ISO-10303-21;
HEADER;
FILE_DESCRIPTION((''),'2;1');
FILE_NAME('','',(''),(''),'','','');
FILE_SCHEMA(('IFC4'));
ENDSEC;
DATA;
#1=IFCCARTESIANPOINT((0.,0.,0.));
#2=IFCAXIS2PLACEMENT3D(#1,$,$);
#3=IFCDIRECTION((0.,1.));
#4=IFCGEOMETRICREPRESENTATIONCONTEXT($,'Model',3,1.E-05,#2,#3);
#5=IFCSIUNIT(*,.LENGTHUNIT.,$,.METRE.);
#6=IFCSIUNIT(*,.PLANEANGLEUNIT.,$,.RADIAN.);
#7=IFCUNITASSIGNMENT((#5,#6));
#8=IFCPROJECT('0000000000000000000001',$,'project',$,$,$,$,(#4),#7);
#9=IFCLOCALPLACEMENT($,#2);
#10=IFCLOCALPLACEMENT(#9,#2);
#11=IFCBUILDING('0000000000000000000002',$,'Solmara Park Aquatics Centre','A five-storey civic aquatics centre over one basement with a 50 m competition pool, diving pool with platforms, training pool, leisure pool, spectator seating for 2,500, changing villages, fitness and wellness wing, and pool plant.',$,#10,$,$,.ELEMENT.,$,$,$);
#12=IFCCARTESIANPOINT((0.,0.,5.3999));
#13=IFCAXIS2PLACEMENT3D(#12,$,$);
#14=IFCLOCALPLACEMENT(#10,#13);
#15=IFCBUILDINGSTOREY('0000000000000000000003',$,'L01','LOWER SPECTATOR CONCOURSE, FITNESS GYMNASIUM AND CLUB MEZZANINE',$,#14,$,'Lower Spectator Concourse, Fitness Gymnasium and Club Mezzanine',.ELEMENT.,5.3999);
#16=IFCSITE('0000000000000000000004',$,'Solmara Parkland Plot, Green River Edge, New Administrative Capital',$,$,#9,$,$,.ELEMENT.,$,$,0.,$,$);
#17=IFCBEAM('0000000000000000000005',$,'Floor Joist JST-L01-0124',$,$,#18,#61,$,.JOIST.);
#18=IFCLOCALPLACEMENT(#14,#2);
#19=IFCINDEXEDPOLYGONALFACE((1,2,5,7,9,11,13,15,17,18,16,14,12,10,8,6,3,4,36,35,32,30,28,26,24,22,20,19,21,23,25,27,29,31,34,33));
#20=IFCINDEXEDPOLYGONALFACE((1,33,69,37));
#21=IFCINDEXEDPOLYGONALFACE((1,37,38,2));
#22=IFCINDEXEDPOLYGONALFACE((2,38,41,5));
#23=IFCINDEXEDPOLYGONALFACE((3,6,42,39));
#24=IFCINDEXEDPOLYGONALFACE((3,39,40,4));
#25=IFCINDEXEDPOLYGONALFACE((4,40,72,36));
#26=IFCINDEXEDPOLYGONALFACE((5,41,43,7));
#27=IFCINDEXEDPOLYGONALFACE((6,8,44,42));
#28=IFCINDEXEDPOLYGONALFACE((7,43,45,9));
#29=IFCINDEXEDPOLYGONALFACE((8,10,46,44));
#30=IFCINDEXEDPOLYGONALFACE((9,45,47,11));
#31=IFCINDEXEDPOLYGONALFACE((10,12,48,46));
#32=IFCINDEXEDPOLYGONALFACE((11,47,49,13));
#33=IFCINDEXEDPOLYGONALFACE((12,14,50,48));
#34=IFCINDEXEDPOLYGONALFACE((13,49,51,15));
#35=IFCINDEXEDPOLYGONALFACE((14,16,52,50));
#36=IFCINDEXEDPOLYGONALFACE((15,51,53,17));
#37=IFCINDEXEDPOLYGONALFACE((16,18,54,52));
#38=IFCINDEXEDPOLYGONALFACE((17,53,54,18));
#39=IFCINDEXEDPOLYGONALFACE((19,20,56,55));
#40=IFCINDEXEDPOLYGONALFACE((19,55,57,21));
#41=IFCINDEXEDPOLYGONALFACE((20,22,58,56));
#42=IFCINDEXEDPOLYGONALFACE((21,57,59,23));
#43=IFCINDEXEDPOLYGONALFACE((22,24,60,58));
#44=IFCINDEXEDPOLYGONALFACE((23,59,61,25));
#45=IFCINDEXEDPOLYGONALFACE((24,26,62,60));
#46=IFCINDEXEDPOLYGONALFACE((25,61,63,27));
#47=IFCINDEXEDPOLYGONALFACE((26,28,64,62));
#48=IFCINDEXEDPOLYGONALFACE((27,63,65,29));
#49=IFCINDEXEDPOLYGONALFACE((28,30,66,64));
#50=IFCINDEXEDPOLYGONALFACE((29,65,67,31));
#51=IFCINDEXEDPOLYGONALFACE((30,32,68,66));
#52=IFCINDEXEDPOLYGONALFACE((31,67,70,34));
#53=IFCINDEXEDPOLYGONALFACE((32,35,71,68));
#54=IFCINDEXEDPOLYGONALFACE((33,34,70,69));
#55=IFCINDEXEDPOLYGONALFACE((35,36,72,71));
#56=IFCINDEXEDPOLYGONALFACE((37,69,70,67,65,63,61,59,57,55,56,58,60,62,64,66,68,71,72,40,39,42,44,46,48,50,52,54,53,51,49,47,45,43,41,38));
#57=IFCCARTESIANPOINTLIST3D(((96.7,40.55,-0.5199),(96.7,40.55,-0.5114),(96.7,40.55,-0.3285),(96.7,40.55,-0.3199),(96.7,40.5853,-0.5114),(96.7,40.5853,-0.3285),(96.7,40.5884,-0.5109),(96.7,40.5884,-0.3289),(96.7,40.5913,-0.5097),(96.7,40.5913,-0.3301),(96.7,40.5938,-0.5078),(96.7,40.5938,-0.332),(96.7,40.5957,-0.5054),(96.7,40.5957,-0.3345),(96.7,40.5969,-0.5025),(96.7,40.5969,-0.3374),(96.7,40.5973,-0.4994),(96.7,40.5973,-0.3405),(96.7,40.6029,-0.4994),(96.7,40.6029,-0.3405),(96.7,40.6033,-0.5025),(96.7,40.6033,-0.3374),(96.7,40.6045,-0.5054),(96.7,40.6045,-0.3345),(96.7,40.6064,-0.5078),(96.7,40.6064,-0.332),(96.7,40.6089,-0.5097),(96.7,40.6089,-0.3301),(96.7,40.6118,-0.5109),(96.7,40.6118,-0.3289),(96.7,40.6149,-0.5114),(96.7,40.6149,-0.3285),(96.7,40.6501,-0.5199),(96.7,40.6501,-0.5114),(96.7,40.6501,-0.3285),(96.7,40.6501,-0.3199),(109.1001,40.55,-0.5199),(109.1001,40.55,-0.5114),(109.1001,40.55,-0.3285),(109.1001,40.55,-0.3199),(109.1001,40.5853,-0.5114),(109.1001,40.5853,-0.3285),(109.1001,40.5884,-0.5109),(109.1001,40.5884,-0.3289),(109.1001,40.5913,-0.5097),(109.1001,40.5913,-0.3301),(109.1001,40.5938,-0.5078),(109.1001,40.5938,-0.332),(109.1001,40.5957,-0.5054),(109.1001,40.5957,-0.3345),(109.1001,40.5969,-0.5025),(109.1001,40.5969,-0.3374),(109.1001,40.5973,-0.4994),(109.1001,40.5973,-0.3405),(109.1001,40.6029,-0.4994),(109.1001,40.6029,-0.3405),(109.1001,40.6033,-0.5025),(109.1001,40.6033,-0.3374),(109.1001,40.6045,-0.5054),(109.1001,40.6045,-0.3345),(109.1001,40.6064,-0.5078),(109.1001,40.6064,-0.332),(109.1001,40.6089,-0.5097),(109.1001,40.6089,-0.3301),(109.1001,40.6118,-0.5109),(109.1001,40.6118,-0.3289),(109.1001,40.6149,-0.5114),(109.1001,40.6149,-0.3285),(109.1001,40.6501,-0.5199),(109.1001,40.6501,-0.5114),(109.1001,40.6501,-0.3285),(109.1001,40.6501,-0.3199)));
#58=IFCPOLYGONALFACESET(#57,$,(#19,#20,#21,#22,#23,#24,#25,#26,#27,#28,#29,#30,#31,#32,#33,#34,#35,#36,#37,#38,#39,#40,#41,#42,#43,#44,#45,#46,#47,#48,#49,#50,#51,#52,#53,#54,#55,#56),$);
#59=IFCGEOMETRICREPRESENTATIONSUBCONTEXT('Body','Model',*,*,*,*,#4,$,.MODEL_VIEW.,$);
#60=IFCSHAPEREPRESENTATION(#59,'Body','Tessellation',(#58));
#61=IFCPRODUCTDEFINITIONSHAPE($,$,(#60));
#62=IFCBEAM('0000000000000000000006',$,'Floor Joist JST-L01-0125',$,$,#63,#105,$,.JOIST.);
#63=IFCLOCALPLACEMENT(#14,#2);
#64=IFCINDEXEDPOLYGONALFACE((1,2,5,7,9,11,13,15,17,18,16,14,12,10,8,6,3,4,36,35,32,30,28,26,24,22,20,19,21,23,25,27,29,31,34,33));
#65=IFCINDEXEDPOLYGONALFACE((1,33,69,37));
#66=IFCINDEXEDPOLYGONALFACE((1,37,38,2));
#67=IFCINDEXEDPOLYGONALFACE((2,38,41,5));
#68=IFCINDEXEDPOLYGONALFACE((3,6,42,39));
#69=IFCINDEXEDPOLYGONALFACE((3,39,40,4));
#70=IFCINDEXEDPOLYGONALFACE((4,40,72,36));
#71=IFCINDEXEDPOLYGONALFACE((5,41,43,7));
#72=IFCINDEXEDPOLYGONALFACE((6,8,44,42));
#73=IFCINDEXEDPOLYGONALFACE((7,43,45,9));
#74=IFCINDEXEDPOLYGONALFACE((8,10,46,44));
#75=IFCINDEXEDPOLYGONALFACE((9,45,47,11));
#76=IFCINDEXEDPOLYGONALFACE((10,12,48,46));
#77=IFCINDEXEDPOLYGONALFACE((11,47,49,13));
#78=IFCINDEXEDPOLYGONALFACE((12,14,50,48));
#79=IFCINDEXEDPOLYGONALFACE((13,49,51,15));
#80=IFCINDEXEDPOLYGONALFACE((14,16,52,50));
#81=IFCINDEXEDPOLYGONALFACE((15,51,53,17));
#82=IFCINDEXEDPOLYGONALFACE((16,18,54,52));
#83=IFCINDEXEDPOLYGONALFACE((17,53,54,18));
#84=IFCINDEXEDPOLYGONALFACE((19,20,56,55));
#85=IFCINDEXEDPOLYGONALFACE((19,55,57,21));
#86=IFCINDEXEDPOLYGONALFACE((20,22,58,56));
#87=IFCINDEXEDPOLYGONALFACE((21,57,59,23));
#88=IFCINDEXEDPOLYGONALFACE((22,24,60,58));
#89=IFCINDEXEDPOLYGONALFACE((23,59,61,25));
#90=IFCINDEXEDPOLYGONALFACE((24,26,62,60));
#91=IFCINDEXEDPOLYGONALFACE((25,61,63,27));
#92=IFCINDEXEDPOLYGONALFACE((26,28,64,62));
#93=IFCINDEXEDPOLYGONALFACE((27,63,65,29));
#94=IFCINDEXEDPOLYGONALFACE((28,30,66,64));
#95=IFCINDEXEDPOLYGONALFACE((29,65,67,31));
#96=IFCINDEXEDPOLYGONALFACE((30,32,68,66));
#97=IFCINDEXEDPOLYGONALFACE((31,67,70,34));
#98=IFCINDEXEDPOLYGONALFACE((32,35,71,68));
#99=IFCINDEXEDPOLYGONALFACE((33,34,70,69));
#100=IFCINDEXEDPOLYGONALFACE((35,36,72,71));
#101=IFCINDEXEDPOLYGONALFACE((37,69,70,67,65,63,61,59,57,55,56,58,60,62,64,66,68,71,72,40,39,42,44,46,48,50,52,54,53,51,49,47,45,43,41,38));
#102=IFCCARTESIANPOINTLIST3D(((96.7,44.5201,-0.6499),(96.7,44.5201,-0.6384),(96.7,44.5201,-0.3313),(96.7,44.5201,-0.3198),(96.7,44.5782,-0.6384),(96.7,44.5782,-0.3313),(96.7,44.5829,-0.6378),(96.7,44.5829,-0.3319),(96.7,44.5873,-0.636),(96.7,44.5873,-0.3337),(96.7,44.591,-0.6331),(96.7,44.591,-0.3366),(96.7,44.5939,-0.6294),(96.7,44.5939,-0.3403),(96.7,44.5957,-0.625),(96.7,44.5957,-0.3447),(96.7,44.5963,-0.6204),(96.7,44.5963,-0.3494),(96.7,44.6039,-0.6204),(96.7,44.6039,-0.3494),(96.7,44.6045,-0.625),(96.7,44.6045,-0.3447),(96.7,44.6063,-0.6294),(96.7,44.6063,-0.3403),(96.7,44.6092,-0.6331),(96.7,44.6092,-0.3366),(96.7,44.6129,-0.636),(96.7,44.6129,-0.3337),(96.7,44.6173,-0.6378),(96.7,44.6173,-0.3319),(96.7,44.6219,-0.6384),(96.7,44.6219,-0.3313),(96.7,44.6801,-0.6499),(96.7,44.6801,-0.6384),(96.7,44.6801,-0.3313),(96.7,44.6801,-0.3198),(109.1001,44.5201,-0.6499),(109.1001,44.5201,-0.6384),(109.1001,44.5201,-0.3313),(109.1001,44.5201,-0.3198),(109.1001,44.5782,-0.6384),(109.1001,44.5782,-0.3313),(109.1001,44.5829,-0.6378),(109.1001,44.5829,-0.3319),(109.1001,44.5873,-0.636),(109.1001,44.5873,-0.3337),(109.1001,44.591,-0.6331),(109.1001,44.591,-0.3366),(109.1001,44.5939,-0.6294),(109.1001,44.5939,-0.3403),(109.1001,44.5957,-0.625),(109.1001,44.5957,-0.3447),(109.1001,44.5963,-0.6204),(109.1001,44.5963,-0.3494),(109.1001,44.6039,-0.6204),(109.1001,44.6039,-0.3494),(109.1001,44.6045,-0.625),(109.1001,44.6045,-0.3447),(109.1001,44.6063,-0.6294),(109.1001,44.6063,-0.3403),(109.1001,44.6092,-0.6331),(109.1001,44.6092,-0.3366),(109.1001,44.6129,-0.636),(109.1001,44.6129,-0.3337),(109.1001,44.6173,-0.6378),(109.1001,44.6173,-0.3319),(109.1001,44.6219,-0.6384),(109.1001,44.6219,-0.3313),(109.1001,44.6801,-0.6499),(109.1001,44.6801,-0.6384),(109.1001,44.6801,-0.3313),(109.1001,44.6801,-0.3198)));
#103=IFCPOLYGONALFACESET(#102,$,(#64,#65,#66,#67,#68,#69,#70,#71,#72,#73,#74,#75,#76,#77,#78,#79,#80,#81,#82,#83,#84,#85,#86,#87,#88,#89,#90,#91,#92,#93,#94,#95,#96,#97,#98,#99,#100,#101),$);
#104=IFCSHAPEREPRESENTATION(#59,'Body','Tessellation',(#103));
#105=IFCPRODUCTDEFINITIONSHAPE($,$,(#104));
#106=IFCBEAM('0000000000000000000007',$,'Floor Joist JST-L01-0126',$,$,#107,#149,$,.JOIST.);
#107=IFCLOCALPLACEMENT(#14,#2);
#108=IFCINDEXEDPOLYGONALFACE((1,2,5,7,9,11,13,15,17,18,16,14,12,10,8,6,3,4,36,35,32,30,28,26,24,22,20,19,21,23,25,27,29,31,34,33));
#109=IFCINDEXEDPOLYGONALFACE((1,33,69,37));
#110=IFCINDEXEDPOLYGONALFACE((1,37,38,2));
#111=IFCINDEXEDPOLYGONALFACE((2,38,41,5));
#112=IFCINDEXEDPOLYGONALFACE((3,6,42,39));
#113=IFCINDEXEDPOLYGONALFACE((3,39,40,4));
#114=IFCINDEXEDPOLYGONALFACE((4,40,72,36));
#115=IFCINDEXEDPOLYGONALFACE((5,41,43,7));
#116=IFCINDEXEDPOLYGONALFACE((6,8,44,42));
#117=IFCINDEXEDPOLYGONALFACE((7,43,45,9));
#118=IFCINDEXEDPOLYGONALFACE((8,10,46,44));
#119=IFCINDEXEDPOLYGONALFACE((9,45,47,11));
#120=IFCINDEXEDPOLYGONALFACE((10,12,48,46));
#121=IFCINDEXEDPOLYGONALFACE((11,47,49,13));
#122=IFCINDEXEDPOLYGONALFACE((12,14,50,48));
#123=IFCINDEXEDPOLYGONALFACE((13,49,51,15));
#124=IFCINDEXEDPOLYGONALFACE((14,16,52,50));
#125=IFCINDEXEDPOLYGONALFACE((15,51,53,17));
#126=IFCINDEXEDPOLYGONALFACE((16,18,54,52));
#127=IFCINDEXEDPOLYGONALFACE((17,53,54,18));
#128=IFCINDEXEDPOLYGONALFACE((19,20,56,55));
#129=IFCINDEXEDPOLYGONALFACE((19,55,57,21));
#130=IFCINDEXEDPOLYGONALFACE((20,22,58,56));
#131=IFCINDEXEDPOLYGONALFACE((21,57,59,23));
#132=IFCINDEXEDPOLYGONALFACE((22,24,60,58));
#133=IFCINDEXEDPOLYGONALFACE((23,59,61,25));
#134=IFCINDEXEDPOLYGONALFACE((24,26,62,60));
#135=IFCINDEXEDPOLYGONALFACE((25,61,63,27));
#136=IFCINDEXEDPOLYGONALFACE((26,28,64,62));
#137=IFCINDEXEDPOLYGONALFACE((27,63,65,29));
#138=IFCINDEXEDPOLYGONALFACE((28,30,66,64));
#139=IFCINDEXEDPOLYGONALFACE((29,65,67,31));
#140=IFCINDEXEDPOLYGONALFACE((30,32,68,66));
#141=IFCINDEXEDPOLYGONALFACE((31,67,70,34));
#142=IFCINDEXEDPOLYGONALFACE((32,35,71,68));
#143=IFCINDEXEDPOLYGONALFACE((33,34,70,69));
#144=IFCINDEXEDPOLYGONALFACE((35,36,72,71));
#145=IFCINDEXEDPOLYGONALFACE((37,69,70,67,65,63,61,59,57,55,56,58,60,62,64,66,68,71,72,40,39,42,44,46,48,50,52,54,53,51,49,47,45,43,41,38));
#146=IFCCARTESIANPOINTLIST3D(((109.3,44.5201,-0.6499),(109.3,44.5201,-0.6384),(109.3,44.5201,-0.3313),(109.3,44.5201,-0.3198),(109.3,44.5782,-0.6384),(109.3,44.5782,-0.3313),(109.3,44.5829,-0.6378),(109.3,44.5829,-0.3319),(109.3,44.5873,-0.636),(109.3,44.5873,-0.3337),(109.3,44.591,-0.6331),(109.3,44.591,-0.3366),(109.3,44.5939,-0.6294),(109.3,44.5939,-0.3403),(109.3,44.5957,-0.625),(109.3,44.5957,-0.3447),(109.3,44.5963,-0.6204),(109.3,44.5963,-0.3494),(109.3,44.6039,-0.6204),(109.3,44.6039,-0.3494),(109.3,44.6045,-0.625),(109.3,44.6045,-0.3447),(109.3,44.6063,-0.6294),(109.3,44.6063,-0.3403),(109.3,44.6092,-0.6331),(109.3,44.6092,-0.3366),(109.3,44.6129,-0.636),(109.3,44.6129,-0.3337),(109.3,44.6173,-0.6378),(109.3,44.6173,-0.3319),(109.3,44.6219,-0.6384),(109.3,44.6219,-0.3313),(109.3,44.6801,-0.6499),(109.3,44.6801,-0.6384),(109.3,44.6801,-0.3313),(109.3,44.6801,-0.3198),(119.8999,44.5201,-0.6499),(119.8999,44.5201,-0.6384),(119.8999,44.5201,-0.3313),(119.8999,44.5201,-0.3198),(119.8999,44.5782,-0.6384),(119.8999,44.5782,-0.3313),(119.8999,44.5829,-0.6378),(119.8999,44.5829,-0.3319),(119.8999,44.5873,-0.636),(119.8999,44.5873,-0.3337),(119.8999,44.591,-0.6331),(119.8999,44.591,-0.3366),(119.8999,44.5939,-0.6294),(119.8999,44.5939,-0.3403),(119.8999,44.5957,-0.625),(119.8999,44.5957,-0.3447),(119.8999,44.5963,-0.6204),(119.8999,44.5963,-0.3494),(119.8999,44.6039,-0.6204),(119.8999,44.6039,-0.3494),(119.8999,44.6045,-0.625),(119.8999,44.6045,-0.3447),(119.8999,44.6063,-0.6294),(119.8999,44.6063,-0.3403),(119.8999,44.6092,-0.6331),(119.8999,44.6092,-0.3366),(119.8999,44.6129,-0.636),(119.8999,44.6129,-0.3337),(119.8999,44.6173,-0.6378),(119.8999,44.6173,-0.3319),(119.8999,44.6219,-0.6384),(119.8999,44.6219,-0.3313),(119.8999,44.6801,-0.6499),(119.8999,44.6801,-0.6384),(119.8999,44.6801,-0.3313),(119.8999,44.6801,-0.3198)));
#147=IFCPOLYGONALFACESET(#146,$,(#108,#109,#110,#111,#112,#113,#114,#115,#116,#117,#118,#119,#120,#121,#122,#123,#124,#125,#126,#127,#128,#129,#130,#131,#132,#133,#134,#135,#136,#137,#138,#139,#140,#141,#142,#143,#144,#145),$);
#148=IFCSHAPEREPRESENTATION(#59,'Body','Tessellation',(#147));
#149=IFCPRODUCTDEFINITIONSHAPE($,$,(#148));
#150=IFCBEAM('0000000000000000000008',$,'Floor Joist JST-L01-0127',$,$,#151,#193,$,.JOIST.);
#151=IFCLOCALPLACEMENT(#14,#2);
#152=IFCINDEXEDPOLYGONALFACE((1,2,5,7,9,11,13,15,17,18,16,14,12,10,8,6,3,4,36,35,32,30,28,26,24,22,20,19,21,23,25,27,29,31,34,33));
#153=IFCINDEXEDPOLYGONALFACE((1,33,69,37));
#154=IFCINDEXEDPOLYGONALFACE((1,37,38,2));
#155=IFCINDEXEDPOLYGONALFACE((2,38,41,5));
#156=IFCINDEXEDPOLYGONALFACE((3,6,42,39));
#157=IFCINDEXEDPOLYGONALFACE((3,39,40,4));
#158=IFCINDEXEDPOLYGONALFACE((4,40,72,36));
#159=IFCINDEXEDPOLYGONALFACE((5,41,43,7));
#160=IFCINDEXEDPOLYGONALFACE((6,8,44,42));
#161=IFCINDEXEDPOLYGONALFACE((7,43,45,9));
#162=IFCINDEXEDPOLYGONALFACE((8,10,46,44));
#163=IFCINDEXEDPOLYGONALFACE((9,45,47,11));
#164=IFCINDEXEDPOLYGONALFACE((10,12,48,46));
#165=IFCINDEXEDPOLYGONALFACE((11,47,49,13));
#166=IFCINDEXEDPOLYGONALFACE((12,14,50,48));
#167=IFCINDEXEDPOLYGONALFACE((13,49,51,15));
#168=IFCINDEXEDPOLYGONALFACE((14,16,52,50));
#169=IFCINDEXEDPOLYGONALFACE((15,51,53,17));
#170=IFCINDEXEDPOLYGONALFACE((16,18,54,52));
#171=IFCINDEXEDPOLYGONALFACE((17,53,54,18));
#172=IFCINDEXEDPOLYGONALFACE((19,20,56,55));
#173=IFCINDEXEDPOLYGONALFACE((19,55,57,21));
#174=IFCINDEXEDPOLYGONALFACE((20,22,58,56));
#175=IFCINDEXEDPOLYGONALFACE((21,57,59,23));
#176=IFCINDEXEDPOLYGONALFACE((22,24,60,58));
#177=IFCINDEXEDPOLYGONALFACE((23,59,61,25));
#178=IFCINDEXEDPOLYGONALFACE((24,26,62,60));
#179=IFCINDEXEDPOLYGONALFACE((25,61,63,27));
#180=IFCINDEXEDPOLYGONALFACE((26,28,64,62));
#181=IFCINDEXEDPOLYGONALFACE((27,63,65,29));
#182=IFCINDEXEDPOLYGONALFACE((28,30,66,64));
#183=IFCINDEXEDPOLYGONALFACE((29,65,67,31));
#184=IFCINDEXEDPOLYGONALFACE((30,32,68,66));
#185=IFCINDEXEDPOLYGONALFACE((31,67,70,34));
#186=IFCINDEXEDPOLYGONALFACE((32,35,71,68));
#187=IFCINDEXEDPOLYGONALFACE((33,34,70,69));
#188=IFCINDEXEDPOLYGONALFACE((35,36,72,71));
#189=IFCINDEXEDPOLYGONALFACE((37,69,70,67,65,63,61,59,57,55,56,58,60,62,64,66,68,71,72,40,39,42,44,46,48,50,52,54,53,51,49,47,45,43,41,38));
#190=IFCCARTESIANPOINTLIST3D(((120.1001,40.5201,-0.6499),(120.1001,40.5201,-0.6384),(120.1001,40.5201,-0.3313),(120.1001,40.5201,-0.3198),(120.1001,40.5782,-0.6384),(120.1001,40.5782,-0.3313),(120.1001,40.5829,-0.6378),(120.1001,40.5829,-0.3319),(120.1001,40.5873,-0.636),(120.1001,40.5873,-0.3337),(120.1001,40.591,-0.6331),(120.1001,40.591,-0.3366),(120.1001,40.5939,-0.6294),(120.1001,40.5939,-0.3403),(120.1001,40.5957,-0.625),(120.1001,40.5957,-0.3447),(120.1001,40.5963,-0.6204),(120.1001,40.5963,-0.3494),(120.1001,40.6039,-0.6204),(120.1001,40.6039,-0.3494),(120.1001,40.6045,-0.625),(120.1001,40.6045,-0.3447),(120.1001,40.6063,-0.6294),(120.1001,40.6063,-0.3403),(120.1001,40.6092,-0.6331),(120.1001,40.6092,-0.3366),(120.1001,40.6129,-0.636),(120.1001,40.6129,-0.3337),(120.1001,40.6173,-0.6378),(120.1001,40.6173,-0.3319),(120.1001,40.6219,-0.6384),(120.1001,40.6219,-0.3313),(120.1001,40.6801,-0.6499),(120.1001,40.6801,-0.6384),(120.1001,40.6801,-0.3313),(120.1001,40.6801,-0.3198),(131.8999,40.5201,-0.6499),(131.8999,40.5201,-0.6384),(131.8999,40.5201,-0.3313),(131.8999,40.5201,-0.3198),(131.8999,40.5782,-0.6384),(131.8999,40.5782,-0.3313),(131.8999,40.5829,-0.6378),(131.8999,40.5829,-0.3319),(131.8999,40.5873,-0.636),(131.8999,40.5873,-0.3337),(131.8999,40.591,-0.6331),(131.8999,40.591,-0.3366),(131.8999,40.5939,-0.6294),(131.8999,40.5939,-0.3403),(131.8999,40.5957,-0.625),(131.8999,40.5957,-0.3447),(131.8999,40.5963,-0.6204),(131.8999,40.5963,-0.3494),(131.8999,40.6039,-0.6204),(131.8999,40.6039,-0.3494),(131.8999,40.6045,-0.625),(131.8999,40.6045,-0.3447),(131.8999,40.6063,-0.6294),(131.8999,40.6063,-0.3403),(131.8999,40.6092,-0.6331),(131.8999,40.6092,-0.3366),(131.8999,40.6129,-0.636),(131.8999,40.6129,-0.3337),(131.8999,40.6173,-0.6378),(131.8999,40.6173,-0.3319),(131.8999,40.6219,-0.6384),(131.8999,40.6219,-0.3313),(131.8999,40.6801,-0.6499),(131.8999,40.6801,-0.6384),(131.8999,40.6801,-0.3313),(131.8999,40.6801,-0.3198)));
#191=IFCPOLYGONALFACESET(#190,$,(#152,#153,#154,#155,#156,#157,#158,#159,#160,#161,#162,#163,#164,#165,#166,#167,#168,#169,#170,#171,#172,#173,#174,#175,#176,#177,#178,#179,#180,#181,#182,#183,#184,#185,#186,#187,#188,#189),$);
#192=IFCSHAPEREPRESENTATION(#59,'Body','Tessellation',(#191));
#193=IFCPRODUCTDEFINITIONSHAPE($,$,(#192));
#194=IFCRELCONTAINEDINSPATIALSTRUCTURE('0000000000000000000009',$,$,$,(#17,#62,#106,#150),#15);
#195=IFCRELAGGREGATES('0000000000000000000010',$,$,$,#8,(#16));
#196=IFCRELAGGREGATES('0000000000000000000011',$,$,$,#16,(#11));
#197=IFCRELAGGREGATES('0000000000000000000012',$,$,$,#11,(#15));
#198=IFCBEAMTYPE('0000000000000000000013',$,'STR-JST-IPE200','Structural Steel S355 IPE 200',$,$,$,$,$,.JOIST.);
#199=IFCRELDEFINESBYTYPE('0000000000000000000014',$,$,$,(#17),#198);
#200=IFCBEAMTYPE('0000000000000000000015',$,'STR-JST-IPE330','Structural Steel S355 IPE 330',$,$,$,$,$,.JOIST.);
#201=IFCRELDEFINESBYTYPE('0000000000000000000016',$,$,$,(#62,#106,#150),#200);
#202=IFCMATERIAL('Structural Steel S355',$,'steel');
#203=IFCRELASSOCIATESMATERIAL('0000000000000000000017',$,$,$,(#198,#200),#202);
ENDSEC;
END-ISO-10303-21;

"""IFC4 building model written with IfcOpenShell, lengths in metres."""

from ifc_helpers import new_model, si_unit, direction, frame, origin, origin_2d, place, context, subcontext, project, spatial, i_section, extrude, material, material_profile, profile_set, type_object, element, save


model = new_model("IFC4")

# Units and contexts
model_context = context("Model", 3, precision=1e-05, world=origin(), true_north=direction((0.0, 1.0)))
body_context = subcontext(model_context, "Body", "Model", "MODEL_VIEW")
ifc_project = project(units=[si_unit("LENGTHUNIT", "METRE"), si_unit("PLANEANGLEUNIT", "RADIAN")], contexts=[model_context])

# Site, building, storey
site_placement = place(None, origin())
site = spatial("IfcSite", under=ifc_project, at=site_placement, Name="Solmara Parkland Plot, Green River Edge, New Administrative Capital", CompositionType="ELEMENT", RefElevation=0.0)
building_placement = place(site_placement, origin())
building = spatial("IfcBuilding", under=site, at=building_placement, Name="Solmara Park Aquatics Centre", Description="A five-storey civic aquatics centre over one basement with a 50 m competition pool, diving pool with platforms, training pool, leisure pool, spectator seating for 2,500, changing villages, fitness and wellness wing, and pool plant.", CompositionType="ELEMENT")
storey_placement = place(building_placement, frame((0.0, 0.0, 5.3999)))
storey = spatial("IfcBuildingStorey", under=building, at=storey_placement, Name="L01", Description="LOWER SPECTATOR CONCOURSE, FITNESS GYMNASIUM AND CLUB MEZZANINE", LongName="Lower Spectator Concourse, Fitness Gymnasium and Club Mezzanine", CompositionType="ELEMENT", Elevation=5.3999)

# Beams
ifc_material_1 = material(Name="Structural Steel S355", Category="steel")
ifc_material_profile_1 = material_profile(ifc_material_1, i_section(OverallWidth=0.1001, OverallDepth=0.2, WebThickness=0.0056, FlangeThickness=0.0085, FilletRadius=0.012, at=origin_2d()), Name="IPE 200")
ifc_profile_set_1 = profile_set([ifc_material_profile_1], Name="Structural Steel S355")
beam_type_1 = type_object("IfcBeamType", Name="STR-JST-IPE200", Description="Structural Steel S355 IPE 200", PredefinedType="JOIST", material=ifc_profile_set_1)
beam_1_placement = place(storey_placement, frame((96.7, 40.6001, -0.4199), z_axis=(1.0, 0.0, 0.0), x_axis=(0.0, 1.0, 0.0)))
element("IfcBeam", 1, at=beam_1_placement, inside=storey, type_object=beam_type_1, Name="Floor Joist JST-L01-0124", PredefinedType="JOIST", context=body_context, shape_type="SweptSolid", body=[
    extrude(i_section(OverallWidth=0.1001, OverallDepth=0.2, WebThickness=0.0056, FlangeThickness=0.0085, FilletRadius=0.012, at=origin_2d()), origin(), (0.0, 0.0, 1.0), 12.4001),
])
ifc_material_profile_2 = material_profile(ifc_material_1, i_section(OverallWidth=0.1599, OverallDepth=0.3301, WebThickness=0.0076, FlangeThickness=0.0115, FilletRadius=0.0181, at=origin_2d()), Name="IPE 330")
ifc_profile_set_2 = profile_set([ifc_material_profile_2], Name="Structural Steel S355")
beam_type_2 = type_object("IfcBeamType", Name="STR-JST-IPE330", Description="Structural Steel S355 IPE 330", PredefinedType="JOIST", material=ifc_profile_set_2)
beam_2_placement = place(storey_placement, frame((96.7, 44.6001, -0.4849), z_axis=(1.0, 0.0, 0.0), x_axis=(0.0, 1.0, 0.0)))
element("IfcBeam", 2, at=beam_2_placement, inside=storey, type_object=beam_type_2, Name="Floor Joist JST-L01-0125", PredefinedType="JOIST", context=body_context, shape_type="SweptSolid", body=[
    extrude(i_section(OverallWidth=0.1599, OverallDepth=0.3301, WebThickness=0.0076, FlangeThickness=0.0115, FilletRadius=0.0181, at=origin_2d()), origin(), (0.0, 0.0, 1.0), 12.4001),
])
beam_3_placement = place(storey_placement, frame((109.3, 44.6001, -0.4849), z_axis=(1.0, 0.0, 0.0), x_axis=(0.0, 1.0, 0.0)))
element("IfcBeam", 3, at=beam_3_placement, inside=storey, type_object=beam_type_2, Name="Floor Joist JST-L01-0126", PredefinedType="JOIST", context=body_context, shape_type="SweptSolid", body=[
    extrude(i_section(OverallWidth=0.1599, OverallDepth=0.3301, WebThickness=0.0076, FlangeThickness=0.0115, FilletRadius=0.0181, at=origin_2d()), origin(), (0.0, 0.0, 1.0), 10.5999),
])
for number, where, z_axis, x_axis, name in (
    (4, (120.1001, 40.6001, -0.4849), (1.0, 0.0, 0.0), (0.0, 1.0, 0.0), "Floor Joist JST-L01-0127"),
):
    element("IfcBeam", number, at=place(storey_placement, frame(where, z_axis=z_axis, x_axis=x_axis)), inside=storey, type_object=beam_type_2, Name=name, PredefinedType="JOIST", context=body_context, shape_type="SweptSolid", body=[
        extrude(i_section(OverallWidth=0.1599, OverallDepth=0.3301, WebThickness=0.0076, FlangeThickness=0.0115, FilletRadius=0.0181, at=origin_2d()), origin(), (0.0, 0.0, 1.0), 11.7998),
    ])

save(model, "model.ifc")
